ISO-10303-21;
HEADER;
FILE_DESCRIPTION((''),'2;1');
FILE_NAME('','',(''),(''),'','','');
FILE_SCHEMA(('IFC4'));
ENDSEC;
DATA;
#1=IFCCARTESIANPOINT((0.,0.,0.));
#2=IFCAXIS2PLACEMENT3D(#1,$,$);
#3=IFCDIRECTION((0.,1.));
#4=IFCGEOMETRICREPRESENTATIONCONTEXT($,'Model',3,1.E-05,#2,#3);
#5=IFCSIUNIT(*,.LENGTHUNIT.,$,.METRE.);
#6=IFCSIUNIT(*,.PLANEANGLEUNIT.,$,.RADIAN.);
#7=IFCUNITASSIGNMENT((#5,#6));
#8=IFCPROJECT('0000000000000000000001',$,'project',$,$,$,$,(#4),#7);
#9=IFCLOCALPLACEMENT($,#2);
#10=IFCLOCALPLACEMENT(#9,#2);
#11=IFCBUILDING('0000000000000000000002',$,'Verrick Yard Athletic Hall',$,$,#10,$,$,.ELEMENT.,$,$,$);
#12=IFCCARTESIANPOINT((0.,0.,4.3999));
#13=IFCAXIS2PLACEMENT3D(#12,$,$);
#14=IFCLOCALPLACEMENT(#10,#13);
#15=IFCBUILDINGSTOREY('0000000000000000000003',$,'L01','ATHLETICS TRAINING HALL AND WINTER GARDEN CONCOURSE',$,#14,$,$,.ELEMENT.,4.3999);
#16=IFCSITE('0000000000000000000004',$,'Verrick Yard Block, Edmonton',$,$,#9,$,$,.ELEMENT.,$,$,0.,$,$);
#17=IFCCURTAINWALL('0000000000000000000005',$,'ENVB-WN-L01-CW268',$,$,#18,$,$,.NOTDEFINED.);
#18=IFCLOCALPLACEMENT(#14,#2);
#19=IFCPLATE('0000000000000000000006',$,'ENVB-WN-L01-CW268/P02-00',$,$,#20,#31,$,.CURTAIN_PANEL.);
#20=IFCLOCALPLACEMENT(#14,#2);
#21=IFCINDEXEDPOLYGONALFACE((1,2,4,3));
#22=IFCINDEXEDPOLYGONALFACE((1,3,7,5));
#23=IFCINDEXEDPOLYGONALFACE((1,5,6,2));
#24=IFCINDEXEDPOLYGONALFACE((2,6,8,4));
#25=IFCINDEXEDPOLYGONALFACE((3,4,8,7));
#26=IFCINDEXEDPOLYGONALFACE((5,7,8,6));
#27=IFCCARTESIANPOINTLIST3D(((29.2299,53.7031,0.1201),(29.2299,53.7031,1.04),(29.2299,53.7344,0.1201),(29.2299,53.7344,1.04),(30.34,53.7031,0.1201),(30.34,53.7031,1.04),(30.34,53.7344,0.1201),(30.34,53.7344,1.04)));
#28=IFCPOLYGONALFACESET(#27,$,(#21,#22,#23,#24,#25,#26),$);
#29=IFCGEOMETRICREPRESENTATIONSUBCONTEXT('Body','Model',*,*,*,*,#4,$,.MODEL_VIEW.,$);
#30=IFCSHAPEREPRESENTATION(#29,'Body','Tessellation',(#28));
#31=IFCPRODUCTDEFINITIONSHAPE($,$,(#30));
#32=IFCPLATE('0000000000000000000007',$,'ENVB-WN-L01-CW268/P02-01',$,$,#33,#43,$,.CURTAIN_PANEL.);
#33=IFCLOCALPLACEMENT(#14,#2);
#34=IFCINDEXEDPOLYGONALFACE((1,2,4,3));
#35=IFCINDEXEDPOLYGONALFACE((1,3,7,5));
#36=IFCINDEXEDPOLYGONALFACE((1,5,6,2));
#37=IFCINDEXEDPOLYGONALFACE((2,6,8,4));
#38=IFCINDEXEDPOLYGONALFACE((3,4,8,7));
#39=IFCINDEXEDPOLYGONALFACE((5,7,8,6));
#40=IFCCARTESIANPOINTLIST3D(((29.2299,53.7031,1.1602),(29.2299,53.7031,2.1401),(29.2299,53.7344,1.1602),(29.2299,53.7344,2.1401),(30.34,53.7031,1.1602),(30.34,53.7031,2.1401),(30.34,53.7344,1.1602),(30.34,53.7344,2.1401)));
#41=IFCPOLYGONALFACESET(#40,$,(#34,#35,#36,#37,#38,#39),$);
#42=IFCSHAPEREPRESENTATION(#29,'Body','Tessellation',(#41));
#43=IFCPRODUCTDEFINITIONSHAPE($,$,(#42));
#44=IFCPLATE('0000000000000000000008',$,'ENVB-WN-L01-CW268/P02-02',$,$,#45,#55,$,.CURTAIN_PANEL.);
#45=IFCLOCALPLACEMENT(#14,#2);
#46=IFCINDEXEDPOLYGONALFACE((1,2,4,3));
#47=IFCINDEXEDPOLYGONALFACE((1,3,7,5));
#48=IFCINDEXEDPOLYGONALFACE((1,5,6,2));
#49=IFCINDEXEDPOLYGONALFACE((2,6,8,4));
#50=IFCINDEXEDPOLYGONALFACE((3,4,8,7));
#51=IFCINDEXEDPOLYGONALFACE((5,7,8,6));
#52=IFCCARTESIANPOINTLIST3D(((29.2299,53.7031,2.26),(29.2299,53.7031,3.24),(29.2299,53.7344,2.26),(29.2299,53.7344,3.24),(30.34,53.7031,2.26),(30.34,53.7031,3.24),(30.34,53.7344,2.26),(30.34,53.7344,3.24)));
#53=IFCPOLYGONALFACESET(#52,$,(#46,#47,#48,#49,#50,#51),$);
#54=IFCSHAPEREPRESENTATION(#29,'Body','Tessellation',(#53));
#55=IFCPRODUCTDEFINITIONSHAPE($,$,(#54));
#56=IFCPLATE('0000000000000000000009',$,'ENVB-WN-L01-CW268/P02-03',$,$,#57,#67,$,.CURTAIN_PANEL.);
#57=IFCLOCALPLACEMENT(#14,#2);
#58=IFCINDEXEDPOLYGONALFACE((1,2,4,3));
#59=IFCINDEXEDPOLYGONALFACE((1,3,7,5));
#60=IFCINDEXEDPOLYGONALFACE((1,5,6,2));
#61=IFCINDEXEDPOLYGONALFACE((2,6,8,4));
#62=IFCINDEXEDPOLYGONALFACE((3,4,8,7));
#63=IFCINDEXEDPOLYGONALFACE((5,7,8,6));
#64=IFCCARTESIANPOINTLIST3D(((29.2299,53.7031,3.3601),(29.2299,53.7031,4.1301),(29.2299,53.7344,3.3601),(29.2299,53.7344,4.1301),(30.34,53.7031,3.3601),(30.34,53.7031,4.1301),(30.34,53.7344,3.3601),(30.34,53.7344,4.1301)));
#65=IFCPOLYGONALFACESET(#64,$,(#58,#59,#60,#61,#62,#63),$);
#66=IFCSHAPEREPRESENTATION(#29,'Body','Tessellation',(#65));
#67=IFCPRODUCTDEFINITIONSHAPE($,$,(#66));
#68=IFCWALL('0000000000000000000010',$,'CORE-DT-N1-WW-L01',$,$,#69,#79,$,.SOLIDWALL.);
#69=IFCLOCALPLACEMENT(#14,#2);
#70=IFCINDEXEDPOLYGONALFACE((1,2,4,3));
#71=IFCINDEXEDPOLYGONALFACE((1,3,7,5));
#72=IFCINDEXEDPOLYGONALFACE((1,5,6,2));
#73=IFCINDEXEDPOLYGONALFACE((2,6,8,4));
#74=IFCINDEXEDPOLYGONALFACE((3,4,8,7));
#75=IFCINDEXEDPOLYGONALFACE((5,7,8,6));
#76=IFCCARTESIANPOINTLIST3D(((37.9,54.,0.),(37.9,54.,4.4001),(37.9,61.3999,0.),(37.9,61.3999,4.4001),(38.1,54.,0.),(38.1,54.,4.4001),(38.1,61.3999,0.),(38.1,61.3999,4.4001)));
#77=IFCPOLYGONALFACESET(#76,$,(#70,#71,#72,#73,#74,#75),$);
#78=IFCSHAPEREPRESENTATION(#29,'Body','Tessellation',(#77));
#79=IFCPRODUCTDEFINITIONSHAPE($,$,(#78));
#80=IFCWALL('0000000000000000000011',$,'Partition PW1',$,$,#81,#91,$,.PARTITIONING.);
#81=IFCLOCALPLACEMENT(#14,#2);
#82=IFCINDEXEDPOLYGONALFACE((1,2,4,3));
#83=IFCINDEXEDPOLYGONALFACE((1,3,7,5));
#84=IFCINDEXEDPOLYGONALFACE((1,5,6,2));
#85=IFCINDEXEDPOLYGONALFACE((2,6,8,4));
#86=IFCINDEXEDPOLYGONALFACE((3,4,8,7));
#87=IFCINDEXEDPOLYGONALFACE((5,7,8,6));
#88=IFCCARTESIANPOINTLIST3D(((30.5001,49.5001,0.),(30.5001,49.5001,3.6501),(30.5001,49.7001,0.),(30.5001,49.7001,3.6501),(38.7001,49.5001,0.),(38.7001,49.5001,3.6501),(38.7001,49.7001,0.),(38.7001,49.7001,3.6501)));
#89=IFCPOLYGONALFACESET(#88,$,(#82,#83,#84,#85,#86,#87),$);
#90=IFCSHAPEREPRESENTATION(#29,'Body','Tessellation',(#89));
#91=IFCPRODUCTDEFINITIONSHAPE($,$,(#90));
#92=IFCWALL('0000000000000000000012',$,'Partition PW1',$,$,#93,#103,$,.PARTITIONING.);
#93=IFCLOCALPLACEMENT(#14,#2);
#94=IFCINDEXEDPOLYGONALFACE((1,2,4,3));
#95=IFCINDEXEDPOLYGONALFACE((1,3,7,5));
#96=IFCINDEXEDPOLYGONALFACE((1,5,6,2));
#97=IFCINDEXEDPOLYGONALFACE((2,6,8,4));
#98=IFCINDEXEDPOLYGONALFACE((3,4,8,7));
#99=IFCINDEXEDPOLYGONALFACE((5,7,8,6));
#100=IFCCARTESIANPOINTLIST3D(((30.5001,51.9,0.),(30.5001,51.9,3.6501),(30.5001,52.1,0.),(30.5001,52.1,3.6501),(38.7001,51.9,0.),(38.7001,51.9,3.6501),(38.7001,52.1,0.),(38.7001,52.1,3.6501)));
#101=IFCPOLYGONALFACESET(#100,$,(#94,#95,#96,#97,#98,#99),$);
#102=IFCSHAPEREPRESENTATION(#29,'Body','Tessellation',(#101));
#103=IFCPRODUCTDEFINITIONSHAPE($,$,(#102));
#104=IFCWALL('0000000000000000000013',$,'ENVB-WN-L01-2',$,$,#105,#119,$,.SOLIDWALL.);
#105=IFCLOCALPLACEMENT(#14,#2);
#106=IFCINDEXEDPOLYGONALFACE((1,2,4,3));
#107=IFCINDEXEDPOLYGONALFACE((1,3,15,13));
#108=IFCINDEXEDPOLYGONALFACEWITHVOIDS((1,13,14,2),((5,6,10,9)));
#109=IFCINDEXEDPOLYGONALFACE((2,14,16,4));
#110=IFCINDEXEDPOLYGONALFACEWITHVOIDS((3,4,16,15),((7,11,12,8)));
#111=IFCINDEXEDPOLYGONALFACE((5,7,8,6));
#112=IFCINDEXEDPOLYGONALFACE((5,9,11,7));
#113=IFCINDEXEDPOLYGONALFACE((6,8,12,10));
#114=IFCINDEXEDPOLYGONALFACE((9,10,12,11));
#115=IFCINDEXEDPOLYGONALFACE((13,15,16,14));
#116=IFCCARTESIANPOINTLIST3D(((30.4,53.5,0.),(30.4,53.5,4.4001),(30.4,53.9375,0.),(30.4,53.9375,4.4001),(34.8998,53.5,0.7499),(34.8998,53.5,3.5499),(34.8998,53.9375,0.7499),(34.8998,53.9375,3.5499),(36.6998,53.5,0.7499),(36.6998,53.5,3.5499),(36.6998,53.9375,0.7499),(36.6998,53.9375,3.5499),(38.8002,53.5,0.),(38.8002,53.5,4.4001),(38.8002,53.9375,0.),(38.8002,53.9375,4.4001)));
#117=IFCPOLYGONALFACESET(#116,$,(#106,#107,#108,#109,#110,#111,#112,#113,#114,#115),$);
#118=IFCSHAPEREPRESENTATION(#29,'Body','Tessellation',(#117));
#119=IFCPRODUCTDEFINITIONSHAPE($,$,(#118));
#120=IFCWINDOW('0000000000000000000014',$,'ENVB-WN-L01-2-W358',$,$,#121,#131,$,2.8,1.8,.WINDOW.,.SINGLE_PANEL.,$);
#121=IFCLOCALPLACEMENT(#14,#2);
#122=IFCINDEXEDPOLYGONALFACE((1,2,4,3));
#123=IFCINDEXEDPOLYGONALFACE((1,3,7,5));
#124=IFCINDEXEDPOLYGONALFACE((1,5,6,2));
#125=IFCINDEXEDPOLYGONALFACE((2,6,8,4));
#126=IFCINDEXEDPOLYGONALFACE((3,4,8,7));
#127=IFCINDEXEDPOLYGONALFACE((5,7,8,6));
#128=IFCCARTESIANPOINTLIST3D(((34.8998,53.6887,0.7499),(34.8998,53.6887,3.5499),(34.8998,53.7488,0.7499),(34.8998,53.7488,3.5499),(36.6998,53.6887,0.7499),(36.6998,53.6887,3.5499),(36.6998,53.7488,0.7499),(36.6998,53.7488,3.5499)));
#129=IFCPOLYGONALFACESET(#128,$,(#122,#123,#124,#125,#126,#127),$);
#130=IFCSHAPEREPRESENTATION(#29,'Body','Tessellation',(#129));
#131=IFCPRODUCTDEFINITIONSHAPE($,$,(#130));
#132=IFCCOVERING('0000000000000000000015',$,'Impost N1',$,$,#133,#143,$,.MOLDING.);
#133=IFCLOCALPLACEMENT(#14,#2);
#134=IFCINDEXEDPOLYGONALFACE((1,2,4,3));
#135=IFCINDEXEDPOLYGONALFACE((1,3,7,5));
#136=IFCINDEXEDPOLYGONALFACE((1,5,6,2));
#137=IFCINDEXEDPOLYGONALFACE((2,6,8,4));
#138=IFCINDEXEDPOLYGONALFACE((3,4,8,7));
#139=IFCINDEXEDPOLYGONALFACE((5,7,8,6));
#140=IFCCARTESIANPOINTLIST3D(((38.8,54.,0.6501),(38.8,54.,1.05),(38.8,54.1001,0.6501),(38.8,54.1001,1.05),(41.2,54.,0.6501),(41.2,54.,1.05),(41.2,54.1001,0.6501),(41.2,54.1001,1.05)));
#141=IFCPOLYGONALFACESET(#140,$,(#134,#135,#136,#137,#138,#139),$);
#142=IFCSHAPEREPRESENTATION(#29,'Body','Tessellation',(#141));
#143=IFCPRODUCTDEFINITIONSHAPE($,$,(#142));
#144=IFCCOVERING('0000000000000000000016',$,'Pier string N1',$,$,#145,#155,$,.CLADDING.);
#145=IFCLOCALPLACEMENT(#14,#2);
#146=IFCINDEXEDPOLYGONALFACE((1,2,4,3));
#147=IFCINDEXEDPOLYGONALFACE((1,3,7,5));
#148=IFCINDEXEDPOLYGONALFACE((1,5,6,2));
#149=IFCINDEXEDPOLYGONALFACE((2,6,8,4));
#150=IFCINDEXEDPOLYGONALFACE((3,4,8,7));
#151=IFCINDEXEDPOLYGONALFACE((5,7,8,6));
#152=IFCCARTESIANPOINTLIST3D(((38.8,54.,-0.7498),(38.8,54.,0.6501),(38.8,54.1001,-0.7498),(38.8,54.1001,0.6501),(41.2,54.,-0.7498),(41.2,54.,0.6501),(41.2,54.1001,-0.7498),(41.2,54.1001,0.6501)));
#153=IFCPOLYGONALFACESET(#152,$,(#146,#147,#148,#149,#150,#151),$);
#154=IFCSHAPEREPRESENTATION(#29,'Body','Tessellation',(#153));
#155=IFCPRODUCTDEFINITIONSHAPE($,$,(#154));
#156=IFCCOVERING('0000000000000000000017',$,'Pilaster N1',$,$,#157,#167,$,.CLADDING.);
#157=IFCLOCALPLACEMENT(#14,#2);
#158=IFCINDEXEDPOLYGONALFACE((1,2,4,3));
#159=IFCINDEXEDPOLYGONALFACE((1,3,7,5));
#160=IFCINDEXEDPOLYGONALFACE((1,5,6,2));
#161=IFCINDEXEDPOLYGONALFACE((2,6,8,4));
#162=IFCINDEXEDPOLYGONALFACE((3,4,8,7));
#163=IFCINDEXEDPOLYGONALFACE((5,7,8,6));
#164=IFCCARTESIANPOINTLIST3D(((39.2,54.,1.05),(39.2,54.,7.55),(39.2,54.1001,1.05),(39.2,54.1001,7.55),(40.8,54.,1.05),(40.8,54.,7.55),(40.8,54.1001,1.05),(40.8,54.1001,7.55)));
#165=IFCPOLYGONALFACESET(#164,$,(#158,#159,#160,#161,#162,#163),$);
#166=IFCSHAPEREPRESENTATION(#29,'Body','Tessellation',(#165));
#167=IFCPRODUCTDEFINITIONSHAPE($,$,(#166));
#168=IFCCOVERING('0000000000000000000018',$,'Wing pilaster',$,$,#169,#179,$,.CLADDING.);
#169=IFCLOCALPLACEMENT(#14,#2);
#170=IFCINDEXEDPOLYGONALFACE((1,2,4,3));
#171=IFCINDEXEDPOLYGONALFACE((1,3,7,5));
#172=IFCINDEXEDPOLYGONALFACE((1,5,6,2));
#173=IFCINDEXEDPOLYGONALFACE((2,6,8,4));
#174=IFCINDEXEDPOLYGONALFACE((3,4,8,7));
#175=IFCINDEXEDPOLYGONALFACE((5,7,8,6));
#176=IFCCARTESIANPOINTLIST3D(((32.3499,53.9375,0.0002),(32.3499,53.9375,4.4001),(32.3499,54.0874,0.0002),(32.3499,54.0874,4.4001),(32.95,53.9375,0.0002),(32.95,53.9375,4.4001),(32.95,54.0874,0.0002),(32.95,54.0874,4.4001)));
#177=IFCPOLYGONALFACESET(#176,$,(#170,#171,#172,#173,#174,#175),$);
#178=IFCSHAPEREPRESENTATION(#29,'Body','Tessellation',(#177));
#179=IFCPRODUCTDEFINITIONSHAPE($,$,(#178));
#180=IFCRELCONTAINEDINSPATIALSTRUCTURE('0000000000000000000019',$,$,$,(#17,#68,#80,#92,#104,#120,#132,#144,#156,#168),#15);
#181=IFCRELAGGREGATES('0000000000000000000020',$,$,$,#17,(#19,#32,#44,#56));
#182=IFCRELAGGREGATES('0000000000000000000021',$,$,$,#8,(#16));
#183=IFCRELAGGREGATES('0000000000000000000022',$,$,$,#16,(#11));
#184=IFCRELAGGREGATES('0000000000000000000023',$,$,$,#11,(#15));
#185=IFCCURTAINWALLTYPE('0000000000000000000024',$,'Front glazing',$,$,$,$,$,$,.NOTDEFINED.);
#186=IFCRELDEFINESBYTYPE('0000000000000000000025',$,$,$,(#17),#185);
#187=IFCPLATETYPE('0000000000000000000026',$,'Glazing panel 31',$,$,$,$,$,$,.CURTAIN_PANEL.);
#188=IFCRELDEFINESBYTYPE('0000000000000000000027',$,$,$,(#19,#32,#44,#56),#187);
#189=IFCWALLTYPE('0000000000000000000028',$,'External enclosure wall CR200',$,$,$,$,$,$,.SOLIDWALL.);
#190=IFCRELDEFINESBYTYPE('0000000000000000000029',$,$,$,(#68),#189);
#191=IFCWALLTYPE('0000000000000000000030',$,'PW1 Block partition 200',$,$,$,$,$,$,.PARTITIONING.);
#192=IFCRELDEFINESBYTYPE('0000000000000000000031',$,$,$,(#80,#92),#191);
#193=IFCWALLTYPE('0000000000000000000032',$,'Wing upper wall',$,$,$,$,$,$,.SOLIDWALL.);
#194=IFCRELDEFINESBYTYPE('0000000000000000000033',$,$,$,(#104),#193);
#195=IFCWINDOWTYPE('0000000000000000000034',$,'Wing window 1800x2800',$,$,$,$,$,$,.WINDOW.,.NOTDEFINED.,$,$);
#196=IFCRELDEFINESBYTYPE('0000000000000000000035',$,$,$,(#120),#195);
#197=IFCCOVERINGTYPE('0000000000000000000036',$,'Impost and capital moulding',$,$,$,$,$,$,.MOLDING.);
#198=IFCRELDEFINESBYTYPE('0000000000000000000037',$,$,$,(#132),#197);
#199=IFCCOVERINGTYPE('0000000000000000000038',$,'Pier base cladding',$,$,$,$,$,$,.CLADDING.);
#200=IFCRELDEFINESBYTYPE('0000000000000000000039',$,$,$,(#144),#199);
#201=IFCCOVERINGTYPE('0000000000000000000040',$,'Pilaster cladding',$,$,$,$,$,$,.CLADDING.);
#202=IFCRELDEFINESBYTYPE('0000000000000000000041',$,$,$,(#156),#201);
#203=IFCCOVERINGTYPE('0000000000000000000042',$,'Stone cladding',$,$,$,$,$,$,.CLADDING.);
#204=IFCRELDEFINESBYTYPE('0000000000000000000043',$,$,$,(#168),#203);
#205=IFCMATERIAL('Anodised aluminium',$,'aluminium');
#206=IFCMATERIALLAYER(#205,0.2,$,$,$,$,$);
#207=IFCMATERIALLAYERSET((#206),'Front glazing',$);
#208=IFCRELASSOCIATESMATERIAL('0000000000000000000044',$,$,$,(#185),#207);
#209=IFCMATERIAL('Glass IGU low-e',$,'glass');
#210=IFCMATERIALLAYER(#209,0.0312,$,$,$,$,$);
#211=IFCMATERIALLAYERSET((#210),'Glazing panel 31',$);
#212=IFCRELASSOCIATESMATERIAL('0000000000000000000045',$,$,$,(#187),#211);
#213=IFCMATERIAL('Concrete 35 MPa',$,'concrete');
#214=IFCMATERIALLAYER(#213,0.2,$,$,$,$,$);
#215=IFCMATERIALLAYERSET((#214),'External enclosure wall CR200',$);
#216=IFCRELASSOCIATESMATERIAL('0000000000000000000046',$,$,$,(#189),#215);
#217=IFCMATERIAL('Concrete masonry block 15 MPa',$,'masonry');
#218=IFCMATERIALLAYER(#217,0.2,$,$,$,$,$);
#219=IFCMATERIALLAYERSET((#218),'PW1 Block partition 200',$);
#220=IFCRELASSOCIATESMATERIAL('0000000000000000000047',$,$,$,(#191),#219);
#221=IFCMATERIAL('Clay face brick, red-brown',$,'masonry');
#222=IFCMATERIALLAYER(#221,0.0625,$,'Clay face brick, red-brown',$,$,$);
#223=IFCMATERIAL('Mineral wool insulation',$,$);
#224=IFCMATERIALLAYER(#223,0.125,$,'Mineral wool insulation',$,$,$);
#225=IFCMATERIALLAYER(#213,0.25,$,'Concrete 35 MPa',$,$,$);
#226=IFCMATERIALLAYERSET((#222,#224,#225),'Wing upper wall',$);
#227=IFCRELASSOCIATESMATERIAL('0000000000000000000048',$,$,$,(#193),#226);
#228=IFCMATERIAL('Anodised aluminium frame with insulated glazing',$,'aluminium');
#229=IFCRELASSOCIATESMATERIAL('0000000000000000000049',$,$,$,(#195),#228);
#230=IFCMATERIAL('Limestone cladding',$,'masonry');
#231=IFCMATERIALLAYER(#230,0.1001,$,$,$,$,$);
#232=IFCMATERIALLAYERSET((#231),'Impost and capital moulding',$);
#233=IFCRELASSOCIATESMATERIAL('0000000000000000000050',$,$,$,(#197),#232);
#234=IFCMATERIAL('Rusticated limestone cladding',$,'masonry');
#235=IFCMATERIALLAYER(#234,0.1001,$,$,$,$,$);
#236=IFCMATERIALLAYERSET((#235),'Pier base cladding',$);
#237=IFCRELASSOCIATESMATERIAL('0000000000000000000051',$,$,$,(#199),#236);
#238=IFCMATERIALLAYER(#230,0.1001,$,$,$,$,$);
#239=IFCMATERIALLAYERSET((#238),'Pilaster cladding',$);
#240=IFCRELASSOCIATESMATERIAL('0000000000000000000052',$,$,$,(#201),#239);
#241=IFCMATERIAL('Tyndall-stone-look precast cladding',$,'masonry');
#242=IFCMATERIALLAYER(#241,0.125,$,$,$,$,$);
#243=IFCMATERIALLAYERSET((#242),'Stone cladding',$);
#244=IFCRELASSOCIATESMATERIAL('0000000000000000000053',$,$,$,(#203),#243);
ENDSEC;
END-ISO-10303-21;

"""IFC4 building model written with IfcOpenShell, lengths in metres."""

from ifc_helpers import new_model, si_unit, direction, frame, frame_2d, origin, origin_2d, place, context, subcontext, project, spatial, rectangle, extrude, material, layer, layer_set, type_object, element, fill, aggregate, save


model = new_model("IFC4")

# Units and contexts
model_context = context("Model", 3, precision=1e-05, world=origin(), true_north=direction((0.0, 1.0)))
body_context = subcontext(model_context, "Body", "Model", "MODEL_VIEW")
ifc_project = project(units=[si_unit("LENGTHUNIT", "METRE"), si_unit("PLANEANGLEUNIT", "RADIAN")], contexts=[model_context])

# Site, building, storey
site_placement = place(None, origin())
site = spatial("IfcSite", under=ifc_project, at=site_placement, Name="Verrick Yard Block, Edmonton", CompositionType="ELEMENT", RefElevation=0.0)
building_placement = place(site_placement, origin())
building = spatial("IfcBuilding", under=site, at=building_placement, Name="Verrick Yard Athletic Hall", CompositionType="ELEMENT")
storey_placement = place(building_placement, frame((0.0, 0.0, 4.3999)))
storey = spatial("IfcBuildingStorey", under=building, at=storey_placement, Name="L01", Description="ATHLETICS TRAINING HALL AND WINTER GARDEN CONCOURSE", CompositionType="ELEMENT", Elevation=4.3999)

# Shared definitions
ifc_material_1 = material(Name="Concrete 35 MPa", Category="concrete")

# Curtain wall
ifc_material_2 = material(Name="Anodised aluminium", Category="aluminium")
ifc_layer_1 = layer(ifc_material_2, 0.2)
ifc_layer_set_1 = layer_set([ifc_layer_1], Name="Front glazing")
curtain_wall_type = type_object("IfcCurtainWallType", Name="Front glazing", PredefinedType="NOTDEFINED", material=ifc_layer_set_1)
curtain_wall_placement = place(storey_placement, origin())
curtain_wall = element("IfcCurtainWall", 1, at=curtain_wall_placement, inside=storey, type_object=curtain_wall_type, Name="ENVB-WN-L01-CW268", PredefinedType="NOTDEFINED")

# Plates
ifc_material_3 = material(Name="Glass IGU low-e", Category="glass")
ifc_layer_2 = layer(ifc_material_3, 0.0312)
ifc_layer_set_2 = layer_set([ifc_layer_2], Name="Glazing panel 31")
plate_type = type_object("IfcPlateType", Name="Glazing panel 31", PredefinedType="CURTAIN_PANEL", material=ifc_layer_set_2)
plate_1_placement = place(storey_placement, frame((29.7849, 53.7188, 0.1201), z_axis=(0.0, 0.0, 1.0), x_axis=(1.0, 0.0, 0.0)))
plate_1 = element("IfcPlate", 2, at=plate_1_placement, type_object=plate_type, Name="ENVB-WN-L01-CW268/P02-00", PredefinedType="CURTAIN_PANEL", context=body_context, shape_type="SweptSolid", body=[
    extrude(rectangle(XDim=1.1101, YDim=0.0312, at=origin_2d()), origin(), (0.0, 0.0, 1.0), 0.9199),
])
plate_2_placement = place(storey_placement, frame((29.7849, 53.7188, 1.1602), z_axis=(0.0, 0.0, 1.0), x_axis=(1.0, 0.0, 0.0)))
plate_2 = element("IfcPlate", 3, at=plate_2_placement, type_object=plate_type, Name="ENVB-WN-L01-CW268/P02-01", PredefinedType="CURTAIN_PANEL", context=body_context, shape_type="SweptSolid", body=[
    extrude(rectangle(XDim=1.1101, YDim=0.0312, at=origin_2d()), origin(), (0.0, 0.0, 1.0), 0.98),
])
plate_3_placement = place(storey_placement, frame((29.7849, 53.7188, 2.26), z_axis=(0.0, 0.0, 1.0), x_axis=(1.0, 0.0, 0.0)))
plate_3 = element("IfcPlate", 4, at=plate_3_placement, type_object=plate_type, Name="ENVB-WN-L01-CW268/P02-02", PredefinedType="CURTAIN_PANEL", context=body_context, shape_type="SweptSolid", body=[
    extrude(rectangle(XDim=1.1101, YDim=0.0312, at=origin_2d()), origin(), (0.0, 0.0, 1.0), 0.98),
])
plate_4_placement = place(storey_placement, frame((29.7849, 53.7188, 3.3601), z_axis=(0.0, 0.0, 1.0), x_axis=(1.0, 0.0, 0.0)))
plate_4 = element("IfcPlate", 5, at=plate_4_placement, type_object=plate_type, Name="ENVB-WN-L01-CW268/P02-03", PredefinedType="CURTAIN_PANEL", context=body_context, shape_type="SweptSolid", body=[
    extrude(rectangle(XDim=1.1101, YDim=0.0312, at=origin_2d()), origin(), (0.0, 0.0, 1.0), 0.77),
])
aggregate(curtain_wall, [plate_1, plate_2, plate_3, plate_4])

# Walls
ifc_layer_3 = layer(ifc_material_1, 0.2)
ifc_layer_set_3 = layer_set([ifc_layer_3], Name="External enclosure wall CR200")
wall_type_1 = type_object("IfcWallType", Name="External enclosure wall CR200", PredefinedType="SOLIDWALL", material=ifc_layer_set_3)
wall_1_placement = place(storey_placement, frame((38.0, 54.0, 0.0), z_axis=(0.0, 0.0, 1.0), x_axis=(0.0, 1.0, 0.0)))
element("IfcWall", 6, at=wall_1_placement, inside=storey, type_object=wall_type_1, Name="CORE-DT-N1-WW-L01", PredefinedType="SOLIDWALL", context=body_context, shape_type="SweptSolid", body=[
    extrude(rectangle(XDim=7.3999, YDim=0.2, at=frame_2d((3.7, 0.0))), origin(), (0.0, 0.0, 1.0), 4.4001),
])
ifc_material_4 = material(Name="Concrete masonry block 15 MPa", Category="masonry")
ifc_layer_4 = layer(ifc_material_4, 0.2)
ifc_layer_set_4 = layer_set([ifc_layer_4], Name="PW1 Block partition 200")
wall_type_2 = type_object("IfcWallType", Name="PW1 Block partition 200", PredefinedType="PARTITIONING", material=ifc_layer_set_4)
for number, where, z_axis, x_axis, name in (
    (7, (30.5, 49.6001, 0.0), (0.0, 0.0, 1.0), (1.0, 0.0, 0.0), "Partition PW1"),
    (8, (30.5, 52.0, 0.0), (0.0, 0.0, 1.0), (1.0, 0.0, 0.0), "Partition PW1"),
):
    element("IfcWall", number, at=place(storey_placement, frame(where, z_axis=z_axis, x_axis=x_axis)), inside=storey, type_object=wall_type_2, Name=name, PredefinedType="PARTITIONING", context=body_context, shape_type="SweptSolid", body=[
        extrude(rectangle(XDim=8.2, YDim=0.2, at=frame_2d((4.1001, 0.0))), origin(), (0.0, 0.0, 1.0), 3.6501),
    ])

# Wall, opening, window
ifc_material_5 = material(Name="Clay face brick, red-brown", Category="masonry")
ifc_layer_5 = layer(ifc_material_5, 0.0625, Name="Clay face brick, red-brown")
ifc_material_6 = material(Name="Mineral wool insulation")
ifc_layer_6 = layer(ifc_material_6, 0.125, Name="Mineral wool insulation")
ifc_layer_7 = layer(ifc_material_1, 0.25, Name="Concrete 35 MPa")
ifc_layer_set_5 = layer_set([ifc_layer_5, ifc_layer_6, ifc_layer_7], Name="Wing upper wall")
wall_type_3 = type_object("IfcWallType", Name="Wing upper wall", PredefinedType="SOLIDWALL", material=ifc_layer_set_5)
wall_2_placement = place(storey_placement, frame((30.3999, 53.7188, 0.0), z_axis=(0.0, 0.0, 1.0), x_axis=(1.0, 0.0, 0.0)))
wall_2 = element("IfcWall", 9, at=wall_2_placement, inside=storey, type_object=wall_type_3, Name="ENVB-WN-L01-2", PredefinedType="SOLIDWALL", context=body_context, shape_type="SweptSolid", body=[
    extrude(rectangle(XDim=8.4001, YDim=0.4375, at=frame_2d((4.2002, 0.0))), origin(), (0.0, 0.0, 1.0), 4.4001),
])
opening_placement = place(wall_2_placement, frame((4.5, 0.0, 0.75)))
opening = element("IfcOpeningElement", 10, at=opening_placement, cuts=wall_2, PredefinedType="OPENING", context=body_context, shape_type="SweptSolid", body=[
    extrude(rectangle(XDim=1.8, YDim=2.8, at=frame_2d((0.8999, 1.3999))), frame((0.0, 0.2288, 0.0), z_axis=(0.0, -1.0, 0.0), x_axis=(1.0, 0.0, 0.0)), (0.0, 0.0, 1.0), 0.4575),
])
ifc_material_7 = material(Name="Anodised aluminium frame with insulated glazing", Category="aluminium")
window_type = type_object("IfcWindowType", Name="Wing window 1800x2800", PartitioningType="NOTDEFINED", PredefinedType="WINDOW", material=ifc_material_7)
window_placement = place(opening_placement, origin())
window = element("IfcWindow", 11, at=window_placement, inside=storey, type_object=window_type, Name="ENVB-WN-L01-2-W358", OverallHeight=2.8, OverallWidth=1.8, PartitioningType="SINGLE_PANEL", PredefinedType="WINDOW", context=body_context, shape_type="SweptSolid", body=[
    extrude(rectangle(XDim=1.8, YDim=2.8, at=frame_2d((0.8999, 1.3999))), frame((0.0, 0.03, 0.0), z_axis=(0.0, -1.0, 0.0), x_axis=(1.0, 0.0, 0.0)), (0.0, 0.0, 1.0), 0.0601),
])
fill(opening, window)

# Coverings
ifc_material_8 = material(Name="Limestone cladding", Category="masonry")
ifc_layer_8 = layer(ifc_material_8, 0.1001)
ifc_layer_set_6 = layer_set([ifc_layer_8], Name="Impost and capital moulding")
covering_type_1 = type_object("IfcCoveringType", Name="Impost and capital moulding", PredefinedType="MOLDING", material=ifc_layer_set_6)
covering_1_placement = place(storey_placement, frame((40.0, 54.05, 0.6501), z_axis=(0.0, 0.0, 1.0), x_axis=(1.0, 0.0, 0.0)))
element("IfcCovering", 12, at=covering_1_placement, inside=storey, type_object=covering_type_1, Name="Impost N1", PredefinedType="MOLDING", context=body_context, shape_type="SweptSolid", body=[
    extrude(rectangle(XDim=2.3999, YDim=0.1001, at=origin_2d()), origin(), (0.0, 0.0, 1.0), 0.3999),
])
ifc_material_9 = material(Name="Rusticated limestone cladding", Category="masonry")
ifc_layer_9 = layer(ifc_material_9, 0.1001)
ifc_layer_set_7 = layer_set([ifc_layer_9], Name="Pier base cladding")
covering_type_2 = type_object("IfcCoveringType", Name="Pier base cladding", PredefinedType="CLADDING", material=ifc_layer_set_7)
covering_2_placement = place(storey_placement, frame((40.0, 54.05, -0.7498), z_axis=(0.0, 0.0, 1.0), x_axis=(1.0, 0.0, 0.0)))
element("IfcCovering", 13, at=covering_2_placement, inside=storey, type_object=covering_type_2, Name="Pier string N1", PredefinedType="CLADDING", context=body_context, shape_type="SweptSolid", body=[
    extrude(rectangle(XDim=2.3999, YDim=0.1001, at=origin_2d()), origin(), (0.0, 0.0, 1.0), 1.3999),
])
ifc_layer_10 = layer(ifc_material_8, 0.1001)
ifc_layer_set_8 = layer_set([ifc_layer_10], Name="Pilaster cladding")
covering_type_3 = type_object("IfcCoveringType", Name="Pilaster cladding", PredefinedType="CLADDING", material=ifc_layer_set_8)
covering_3_placement = place(storey_placement, frame((40.0, 54.05, 1.05), z_axis=(0.0, 0.0, 1.0), x_axis=(1.0, 0.0, 0.0)))
element("IfcCovering", 14, at=covering_3_placement, inside=storey, type_object=covering_type_3, Name="Pilaster N1", PredefinedType="CLADDING", context=body_context, shape_type="SweptSolid", body=[
    extrude(rectangle(XDim=1.6001, YDim=0.1001, at=origin_2d()), origin(), (0.0, 0.0, 1.0), 6.5),
])
ifc_material_10 = material(Name="Tyndall-stone-look precast cladding", Category="masonry")
ifc_layer_11 = layer(ifc_material_10, 0.125)
ifc_layer_set_9 = layer_set([ifc_layer_11], Name="Stone cladding")
covering_type_4 = type_object("IfcCoveringType", Name="Stone cladding", PredefinedType="CLADDING", material=ifc_layer_set_9)
for number, where, z_axis, x_axis, name in (
    (15, (32.6499, 54.0125, 0.0002), (0.0, 0.0, 1.0), (1.0, 0.0, 0.0), "Wing pilaster"),
):
    element("IfcCovering", number, at=place(storey_placement, frame(where, z_axis=z_axis, x_axis=x_axis)), inside=storey, type_object=covering_type_4, Name=name, PredefinedType="CLADDING", context=body_context, shape_type="SweptSolid", body=[
        extrude(rectangle(XDim=0.6001, YDim=0.1499, at=origin_2d()), origin(), (0.0, 0.0, 1.0), 4.3999),
    ])

save(model, "model.ifc")
